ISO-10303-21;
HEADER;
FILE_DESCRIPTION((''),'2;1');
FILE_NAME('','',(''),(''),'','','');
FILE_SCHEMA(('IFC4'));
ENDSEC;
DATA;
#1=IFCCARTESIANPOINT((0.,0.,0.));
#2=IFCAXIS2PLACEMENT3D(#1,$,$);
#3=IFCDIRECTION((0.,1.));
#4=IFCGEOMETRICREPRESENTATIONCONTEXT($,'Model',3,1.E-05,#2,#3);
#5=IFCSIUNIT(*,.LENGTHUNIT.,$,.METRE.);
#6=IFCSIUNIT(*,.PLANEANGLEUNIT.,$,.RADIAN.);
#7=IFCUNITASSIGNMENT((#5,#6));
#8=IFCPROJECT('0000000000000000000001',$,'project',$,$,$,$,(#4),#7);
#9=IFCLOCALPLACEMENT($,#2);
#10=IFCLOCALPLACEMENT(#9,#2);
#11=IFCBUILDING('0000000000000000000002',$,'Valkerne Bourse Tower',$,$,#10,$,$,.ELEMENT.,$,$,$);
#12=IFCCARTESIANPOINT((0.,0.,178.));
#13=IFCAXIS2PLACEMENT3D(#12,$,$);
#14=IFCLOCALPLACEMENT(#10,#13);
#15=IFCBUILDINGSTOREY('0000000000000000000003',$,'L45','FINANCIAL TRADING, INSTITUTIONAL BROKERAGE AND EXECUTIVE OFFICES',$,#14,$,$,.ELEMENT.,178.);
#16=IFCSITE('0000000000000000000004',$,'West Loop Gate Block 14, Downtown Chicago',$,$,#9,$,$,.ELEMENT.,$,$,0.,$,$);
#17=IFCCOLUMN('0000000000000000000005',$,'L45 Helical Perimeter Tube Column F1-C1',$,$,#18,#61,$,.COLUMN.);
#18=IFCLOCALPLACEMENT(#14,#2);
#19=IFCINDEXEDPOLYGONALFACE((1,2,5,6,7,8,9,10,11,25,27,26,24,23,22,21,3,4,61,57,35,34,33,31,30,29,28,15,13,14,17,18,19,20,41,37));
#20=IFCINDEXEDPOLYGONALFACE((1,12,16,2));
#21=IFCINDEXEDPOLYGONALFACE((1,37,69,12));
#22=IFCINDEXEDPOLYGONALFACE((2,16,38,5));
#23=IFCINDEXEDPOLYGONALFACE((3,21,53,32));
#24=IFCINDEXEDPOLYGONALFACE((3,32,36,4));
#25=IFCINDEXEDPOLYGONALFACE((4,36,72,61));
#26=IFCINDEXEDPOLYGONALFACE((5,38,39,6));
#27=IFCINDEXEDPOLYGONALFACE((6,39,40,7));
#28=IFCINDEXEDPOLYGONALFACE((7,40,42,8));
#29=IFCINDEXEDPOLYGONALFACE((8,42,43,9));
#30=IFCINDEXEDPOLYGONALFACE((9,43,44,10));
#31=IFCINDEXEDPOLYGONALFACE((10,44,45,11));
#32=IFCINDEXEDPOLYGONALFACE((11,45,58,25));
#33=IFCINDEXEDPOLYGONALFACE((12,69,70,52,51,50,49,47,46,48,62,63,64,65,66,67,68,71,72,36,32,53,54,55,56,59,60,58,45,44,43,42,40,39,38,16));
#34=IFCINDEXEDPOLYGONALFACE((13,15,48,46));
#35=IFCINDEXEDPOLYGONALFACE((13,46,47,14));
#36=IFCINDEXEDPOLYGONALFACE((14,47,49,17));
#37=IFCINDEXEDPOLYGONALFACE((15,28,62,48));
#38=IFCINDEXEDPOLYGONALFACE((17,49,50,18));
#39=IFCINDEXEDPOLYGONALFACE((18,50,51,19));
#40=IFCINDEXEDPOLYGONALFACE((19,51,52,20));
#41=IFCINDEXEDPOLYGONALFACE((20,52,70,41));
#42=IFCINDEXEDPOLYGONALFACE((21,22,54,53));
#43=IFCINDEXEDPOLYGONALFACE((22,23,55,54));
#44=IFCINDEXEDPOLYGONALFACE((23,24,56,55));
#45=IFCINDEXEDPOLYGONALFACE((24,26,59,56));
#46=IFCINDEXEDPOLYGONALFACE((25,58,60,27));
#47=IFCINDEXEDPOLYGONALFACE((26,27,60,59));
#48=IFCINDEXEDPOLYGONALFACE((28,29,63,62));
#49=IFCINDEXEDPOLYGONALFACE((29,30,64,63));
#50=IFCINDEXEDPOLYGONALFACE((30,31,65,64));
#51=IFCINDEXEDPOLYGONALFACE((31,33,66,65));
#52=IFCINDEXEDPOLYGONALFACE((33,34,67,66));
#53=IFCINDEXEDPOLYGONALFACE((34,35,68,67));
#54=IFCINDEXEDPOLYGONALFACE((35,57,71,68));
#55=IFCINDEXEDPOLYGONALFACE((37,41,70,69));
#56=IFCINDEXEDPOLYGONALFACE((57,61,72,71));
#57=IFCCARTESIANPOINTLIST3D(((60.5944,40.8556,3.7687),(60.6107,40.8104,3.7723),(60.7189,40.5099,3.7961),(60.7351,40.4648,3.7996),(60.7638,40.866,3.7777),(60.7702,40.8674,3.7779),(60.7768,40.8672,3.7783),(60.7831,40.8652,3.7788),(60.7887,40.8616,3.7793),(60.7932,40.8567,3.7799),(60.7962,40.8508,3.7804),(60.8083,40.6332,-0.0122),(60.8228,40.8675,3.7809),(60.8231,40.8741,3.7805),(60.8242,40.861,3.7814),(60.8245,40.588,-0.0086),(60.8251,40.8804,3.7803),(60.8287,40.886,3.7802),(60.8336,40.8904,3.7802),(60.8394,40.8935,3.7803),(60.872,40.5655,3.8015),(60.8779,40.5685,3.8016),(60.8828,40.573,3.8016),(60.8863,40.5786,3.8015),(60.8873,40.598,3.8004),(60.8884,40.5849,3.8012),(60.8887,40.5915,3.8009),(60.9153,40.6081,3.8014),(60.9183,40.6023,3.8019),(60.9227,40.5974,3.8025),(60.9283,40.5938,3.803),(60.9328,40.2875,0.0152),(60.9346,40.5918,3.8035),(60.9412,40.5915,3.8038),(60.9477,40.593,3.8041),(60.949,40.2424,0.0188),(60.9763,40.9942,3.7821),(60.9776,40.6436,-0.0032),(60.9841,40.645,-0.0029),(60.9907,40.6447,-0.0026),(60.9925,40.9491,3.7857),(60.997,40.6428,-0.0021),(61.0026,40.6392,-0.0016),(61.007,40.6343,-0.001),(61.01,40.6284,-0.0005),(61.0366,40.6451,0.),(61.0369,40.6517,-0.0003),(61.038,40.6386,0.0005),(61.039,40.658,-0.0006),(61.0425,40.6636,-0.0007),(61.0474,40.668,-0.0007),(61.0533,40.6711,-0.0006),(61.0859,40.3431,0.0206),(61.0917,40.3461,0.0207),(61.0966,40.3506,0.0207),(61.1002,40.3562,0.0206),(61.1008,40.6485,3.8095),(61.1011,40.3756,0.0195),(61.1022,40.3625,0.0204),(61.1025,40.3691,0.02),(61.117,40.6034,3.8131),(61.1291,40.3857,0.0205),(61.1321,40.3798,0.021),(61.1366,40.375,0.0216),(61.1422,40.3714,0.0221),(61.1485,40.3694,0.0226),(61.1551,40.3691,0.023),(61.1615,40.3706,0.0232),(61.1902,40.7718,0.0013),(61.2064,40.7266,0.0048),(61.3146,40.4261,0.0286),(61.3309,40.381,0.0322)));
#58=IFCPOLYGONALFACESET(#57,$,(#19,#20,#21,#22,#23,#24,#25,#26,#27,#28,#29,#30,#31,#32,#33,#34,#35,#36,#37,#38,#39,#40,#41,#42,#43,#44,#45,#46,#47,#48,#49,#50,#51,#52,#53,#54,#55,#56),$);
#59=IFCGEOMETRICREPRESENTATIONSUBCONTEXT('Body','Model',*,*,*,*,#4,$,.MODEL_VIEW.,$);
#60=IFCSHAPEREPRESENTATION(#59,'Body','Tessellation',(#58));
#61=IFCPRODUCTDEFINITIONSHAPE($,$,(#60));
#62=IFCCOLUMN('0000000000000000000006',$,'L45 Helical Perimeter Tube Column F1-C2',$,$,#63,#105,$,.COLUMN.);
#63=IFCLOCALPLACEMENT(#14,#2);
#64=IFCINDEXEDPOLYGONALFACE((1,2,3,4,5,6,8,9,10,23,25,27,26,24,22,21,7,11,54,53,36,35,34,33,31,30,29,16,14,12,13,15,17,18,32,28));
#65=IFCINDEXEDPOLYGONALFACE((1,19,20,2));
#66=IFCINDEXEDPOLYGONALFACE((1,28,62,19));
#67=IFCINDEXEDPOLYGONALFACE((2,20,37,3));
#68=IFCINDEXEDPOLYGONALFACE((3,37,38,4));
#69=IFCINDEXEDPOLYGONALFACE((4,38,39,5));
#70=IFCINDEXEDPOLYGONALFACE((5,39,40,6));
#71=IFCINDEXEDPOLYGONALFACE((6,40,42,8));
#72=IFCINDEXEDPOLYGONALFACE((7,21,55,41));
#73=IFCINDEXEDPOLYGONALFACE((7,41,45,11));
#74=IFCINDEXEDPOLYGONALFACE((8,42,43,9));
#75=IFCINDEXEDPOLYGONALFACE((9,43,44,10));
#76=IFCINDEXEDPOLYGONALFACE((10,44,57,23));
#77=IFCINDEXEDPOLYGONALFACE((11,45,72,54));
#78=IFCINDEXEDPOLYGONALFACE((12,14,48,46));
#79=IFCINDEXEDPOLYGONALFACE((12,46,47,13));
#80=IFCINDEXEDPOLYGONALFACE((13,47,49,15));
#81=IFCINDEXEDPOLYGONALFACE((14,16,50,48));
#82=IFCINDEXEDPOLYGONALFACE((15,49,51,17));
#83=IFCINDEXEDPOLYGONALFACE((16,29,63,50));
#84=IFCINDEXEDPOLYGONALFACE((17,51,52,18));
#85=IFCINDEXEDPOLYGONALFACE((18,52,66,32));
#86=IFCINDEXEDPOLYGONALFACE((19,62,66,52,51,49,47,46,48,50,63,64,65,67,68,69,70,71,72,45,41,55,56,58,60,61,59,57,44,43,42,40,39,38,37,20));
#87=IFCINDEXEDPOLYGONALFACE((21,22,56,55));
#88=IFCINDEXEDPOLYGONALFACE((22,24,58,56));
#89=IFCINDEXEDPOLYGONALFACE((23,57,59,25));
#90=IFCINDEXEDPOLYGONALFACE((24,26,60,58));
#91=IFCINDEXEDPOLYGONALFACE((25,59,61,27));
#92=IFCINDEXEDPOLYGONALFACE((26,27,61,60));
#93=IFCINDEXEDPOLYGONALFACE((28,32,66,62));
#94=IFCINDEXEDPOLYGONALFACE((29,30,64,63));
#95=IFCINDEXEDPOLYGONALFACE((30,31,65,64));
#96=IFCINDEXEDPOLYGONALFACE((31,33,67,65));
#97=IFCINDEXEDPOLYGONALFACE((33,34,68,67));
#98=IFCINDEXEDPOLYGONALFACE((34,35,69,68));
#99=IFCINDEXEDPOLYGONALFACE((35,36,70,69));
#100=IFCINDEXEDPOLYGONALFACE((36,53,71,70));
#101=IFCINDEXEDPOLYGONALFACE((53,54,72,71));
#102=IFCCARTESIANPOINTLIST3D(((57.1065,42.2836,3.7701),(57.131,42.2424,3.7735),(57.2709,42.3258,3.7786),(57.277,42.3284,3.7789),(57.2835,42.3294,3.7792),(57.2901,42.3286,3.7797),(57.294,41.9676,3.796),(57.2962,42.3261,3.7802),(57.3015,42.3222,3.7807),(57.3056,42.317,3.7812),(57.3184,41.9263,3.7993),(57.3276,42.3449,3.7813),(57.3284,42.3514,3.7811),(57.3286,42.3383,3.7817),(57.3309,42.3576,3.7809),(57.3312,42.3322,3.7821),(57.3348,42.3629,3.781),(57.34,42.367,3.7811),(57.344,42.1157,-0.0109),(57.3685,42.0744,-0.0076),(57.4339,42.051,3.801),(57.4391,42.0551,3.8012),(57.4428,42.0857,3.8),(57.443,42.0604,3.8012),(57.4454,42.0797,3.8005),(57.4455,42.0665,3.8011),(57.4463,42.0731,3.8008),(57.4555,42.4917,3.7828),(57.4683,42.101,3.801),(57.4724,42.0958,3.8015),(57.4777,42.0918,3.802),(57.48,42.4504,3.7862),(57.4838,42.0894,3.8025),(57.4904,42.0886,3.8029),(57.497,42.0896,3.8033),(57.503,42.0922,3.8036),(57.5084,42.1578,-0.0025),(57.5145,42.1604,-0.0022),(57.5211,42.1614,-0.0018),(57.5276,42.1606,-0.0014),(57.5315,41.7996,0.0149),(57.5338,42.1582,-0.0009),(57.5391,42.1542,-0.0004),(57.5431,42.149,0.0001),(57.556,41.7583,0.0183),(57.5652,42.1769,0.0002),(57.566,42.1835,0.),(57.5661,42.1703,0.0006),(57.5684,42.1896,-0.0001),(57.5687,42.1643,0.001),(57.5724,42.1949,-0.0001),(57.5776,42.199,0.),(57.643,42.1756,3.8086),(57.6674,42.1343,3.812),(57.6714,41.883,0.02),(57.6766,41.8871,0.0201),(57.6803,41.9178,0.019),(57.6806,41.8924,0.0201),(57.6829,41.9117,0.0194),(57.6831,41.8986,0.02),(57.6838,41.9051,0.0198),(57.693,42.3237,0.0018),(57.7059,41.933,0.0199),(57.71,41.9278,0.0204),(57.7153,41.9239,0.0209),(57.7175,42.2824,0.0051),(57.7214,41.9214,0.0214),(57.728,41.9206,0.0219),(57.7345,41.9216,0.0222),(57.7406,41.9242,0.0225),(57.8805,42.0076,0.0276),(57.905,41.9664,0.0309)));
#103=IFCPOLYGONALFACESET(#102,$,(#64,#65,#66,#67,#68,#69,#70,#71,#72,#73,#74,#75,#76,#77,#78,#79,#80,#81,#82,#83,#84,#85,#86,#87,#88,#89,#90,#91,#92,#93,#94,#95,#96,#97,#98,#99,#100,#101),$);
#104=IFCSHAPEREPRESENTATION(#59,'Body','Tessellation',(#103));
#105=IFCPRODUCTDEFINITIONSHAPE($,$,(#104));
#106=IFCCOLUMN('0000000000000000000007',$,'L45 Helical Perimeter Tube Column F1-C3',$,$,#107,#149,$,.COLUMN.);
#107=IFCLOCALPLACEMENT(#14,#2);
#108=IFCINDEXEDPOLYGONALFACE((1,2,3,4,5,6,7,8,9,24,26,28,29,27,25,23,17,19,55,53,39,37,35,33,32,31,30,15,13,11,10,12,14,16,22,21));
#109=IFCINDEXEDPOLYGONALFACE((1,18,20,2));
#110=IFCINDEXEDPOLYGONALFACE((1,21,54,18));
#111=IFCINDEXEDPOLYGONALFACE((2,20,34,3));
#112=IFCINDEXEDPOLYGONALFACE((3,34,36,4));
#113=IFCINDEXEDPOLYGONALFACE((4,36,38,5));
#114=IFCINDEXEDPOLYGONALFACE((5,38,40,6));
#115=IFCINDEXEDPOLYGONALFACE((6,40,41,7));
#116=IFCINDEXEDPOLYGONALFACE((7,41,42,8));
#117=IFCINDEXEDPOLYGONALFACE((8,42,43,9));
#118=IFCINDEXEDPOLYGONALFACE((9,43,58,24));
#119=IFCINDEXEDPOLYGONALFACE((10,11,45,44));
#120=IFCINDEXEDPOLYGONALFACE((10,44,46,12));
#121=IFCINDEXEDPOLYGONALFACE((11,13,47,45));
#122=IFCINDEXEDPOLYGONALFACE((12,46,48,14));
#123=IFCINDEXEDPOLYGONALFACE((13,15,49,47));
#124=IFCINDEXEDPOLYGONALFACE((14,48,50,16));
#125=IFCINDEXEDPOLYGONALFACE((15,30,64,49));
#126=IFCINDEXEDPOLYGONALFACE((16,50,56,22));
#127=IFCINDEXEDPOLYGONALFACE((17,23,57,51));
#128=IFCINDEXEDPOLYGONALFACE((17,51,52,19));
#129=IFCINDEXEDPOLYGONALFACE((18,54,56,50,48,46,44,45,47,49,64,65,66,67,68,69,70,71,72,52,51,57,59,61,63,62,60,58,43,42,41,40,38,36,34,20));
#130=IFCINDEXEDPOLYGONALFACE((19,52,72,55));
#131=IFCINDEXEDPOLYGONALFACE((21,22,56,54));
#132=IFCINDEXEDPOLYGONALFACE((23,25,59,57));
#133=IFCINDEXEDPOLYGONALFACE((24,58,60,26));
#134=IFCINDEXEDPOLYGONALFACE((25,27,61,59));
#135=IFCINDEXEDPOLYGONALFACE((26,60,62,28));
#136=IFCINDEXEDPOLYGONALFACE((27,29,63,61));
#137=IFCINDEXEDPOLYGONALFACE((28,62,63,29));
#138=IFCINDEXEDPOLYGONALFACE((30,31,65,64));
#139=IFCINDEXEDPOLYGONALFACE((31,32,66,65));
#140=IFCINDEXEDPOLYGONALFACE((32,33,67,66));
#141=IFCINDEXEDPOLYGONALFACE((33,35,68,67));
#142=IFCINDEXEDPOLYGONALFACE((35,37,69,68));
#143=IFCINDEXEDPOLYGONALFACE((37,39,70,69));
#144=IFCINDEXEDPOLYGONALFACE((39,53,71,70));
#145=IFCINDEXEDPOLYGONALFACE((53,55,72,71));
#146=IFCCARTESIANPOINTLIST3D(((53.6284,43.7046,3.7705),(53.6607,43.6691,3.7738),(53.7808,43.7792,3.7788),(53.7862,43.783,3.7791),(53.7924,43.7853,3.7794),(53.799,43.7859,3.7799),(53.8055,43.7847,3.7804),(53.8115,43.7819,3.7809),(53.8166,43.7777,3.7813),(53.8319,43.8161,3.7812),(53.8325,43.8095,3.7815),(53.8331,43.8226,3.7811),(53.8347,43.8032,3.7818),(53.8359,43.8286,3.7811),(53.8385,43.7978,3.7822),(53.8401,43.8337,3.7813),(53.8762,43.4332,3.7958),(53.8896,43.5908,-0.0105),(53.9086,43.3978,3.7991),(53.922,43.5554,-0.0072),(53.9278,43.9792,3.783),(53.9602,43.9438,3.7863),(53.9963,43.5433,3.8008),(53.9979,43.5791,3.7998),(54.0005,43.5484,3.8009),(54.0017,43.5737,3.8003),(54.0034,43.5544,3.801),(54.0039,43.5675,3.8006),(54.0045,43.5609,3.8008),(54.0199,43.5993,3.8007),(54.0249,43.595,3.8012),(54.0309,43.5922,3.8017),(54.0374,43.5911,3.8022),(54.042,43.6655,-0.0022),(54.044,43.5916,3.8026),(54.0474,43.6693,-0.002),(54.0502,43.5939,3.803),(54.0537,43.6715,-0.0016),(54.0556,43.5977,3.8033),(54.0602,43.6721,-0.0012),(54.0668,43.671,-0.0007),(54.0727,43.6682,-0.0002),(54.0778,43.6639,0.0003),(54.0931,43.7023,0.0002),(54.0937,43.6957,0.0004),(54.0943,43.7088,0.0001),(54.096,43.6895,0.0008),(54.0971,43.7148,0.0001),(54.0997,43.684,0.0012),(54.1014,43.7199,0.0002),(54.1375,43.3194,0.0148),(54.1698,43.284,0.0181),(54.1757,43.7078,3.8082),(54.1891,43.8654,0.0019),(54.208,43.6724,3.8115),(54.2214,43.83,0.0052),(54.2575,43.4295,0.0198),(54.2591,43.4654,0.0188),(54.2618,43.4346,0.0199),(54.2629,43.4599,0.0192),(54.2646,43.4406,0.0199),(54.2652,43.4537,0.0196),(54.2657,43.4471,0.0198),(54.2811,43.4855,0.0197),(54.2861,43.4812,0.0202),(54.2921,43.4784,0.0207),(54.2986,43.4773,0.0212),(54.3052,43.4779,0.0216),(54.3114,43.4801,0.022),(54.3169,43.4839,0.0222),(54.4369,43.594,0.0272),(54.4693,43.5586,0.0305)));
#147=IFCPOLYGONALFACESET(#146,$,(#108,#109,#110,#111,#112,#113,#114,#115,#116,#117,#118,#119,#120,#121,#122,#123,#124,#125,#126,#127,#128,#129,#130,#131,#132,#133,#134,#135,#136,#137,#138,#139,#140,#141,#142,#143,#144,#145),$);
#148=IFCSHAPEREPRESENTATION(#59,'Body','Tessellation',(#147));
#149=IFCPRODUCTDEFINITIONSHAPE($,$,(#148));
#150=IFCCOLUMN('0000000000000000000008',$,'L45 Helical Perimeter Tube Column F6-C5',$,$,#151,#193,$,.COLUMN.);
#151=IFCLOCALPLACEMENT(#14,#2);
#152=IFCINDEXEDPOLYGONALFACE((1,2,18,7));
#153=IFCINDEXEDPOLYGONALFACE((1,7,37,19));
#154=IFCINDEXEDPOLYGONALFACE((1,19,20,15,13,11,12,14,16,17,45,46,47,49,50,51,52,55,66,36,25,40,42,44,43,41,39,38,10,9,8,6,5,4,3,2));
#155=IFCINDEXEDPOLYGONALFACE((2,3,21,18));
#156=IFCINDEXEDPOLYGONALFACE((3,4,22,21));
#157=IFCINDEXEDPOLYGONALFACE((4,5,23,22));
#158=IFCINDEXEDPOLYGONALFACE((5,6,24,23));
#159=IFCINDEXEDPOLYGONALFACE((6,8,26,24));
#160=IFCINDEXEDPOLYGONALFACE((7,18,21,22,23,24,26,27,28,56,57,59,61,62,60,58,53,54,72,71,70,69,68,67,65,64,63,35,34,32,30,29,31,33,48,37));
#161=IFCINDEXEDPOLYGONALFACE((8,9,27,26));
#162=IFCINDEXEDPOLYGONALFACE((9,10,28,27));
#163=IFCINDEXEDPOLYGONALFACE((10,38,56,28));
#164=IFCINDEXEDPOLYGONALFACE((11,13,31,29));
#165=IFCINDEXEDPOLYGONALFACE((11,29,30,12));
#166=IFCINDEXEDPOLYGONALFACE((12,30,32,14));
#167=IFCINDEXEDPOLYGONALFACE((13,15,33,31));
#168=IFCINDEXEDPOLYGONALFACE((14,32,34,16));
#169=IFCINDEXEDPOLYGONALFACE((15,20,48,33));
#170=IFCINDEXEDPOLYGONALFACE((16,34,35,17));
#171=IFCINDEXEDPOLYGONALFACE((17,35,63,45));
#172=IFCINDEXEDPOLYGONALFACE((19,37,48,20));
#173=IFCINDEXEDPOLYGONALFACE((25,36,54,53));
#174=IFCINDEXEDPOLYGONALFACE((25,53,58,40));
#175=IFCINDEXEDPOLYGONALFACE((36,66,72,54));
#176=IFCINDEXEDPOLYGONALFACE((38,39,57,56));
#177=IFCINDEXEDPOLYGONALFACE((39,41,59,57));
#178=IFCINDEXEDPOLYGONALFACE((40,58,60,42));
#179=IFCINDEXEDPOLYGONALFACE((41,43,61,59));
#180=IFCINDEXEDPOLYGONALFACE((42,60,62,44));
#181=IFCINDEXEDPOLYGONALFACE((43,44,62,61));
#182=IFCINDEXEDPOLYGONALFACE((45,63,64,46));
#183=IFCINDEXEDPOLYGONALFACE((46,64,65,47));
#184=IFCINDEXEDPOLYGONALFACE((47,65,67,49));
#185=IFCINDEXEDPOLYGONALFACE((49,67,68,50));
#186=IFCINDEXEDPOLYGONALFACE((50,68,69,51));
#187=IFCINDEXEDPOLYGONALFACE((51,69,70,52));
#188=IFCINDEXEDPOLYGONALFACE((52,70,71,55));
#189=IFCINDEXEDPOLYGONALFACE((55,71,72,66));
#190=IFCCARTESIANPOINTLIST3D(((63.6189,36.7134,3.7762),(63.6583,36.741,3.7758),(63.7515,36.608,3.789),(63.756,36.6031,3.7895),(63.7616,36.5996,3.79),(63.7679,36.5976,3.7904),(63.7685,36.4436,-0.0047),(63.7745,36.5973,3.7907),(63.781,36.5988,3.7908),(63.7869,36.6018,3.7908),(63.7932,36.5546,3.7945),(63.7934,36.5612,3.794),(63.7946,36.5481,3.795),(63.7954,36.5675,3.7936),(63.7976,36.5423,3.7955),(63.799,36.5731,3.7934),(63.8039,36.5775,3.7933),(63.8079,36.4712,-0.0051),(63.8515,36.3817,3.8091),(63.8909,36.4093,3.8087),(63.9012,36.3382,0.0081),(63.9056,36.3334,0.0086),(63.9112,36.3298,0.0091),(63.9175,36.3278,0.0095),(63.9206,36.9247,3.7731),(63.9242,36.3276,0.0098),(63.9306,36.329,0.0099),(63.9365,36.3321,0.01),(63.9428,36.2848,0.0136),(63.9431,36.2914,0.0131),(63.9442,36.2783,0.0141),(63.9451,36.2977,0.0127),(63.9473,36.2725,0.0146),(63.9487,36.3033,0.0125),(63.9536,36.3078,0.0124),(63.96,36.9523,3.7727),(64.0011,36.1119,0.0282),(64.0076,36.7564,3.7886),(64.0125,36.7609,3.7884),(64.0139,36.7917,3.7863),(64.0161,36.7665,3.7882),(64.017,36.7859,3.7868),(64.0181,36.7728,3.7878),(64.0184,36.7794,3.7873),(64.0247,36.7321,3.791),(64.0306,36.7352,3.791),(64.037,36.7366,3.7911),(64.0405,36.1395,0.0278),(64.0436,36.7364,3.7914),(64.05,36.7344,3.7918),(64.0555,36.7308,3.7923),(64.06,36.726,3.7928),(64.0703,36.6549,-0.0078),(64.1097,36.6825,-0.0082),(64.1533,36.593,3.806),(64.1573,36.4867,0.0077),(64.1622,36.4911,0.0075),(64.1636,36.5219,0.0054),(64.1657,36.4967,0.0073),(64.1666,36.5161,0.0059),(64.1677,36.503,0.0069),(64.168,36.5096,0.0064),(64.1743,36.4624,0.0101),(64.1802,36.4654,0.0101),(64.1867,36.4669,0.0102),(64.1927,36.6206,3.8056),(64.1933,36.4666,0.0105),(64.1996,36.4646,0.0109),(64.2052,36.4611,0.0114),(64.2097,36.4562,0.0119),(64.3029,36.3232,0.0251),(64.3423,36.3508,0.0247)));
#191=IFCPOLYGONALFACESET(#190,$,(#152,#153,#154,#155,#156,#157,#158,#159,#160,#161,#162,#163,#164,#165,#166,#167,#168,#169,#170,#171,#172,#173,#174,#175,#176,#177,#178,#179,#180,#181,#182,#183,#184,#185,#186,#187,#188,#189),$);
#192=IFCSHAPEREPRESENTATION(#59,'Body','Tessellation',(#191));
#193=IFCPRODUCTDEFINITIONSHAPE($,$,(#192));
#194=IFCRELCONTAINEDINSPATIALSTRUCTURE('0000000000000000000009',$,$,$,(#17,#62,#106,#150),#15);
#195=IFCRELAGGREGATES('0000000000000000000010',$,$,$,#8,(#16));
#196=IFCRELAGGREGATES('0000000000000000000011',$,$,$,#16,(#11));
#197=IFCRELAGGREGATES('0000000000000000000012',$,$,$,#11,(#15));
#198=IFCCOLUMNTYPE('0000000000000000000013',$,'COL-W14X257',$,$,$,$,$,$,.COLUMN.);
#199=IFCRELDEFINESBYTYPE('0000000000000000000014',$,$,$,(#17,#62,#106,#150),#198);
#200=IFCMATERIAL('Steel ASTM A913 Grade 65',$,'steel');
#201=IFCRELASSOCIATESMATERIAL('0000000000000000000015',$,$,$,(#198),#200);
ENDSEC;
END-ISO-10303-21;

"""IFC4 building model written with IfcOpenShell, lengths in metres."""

from ifc_helpers import new_model, si_unit, direction, frame, origin, origin_2d, place, context, subcontext, project, spatial, i_section, extrude, material, material_profile, profile_set, type_object, element, save


model = new_model("IFC4")

# Units and contexts
model_context = context("Model", 3, precision=1e-05, world=origin(), true_north=direction((0.0, 1.0)))
body_context = subcontext(model_context, "Body", "Model", "MODEL_VIEW")
ifc_project = project(units=[si_unit("LENGTHUNIT", "METRE"), si_unit("PLANEANGLEUNIT", "RADIAN")], contexts=[model_context])

# Site, building, storey
site_placement = place(None, origin())
site = spatial("IfcSite", under=ifc_project, at=site_placement, Name="West Loop Gate Block 14, Downtown Chicago", CompositionType="ELEMENT", RefElevation=0.0)
building_placement = place(site_placement, origin())
building = spatial("IfcBuilding", under=site, at=building_placement, Name="Valkerne Bourse Tower", CompositionType="ELEMENT")
storey_placement = place(building_placement, frame((0.0, 0.0, 178.0)))
storey = spatial("IfcBuildingStorey", under=building, at=storey_placement, Name="L45", Description="FINANCIAL TRADING, INSTITUTIONAL BROKERAGE AND EXECUTIVE OFFICES", CompositionType="ELEMENT", Elevation=178.0)

# Columns
ifc_material_1 = material(Name="Steel ASTM A913 Grade 65", Category="steel")
ifc_material_profile_1 = material_profile(ifc_material_1, i_section(OverallWidth=0.4065, OverallDepth=0.4165, WebThickness=0.0298, FlangeThickness=0.0481, FilletRadius=0.0254, at=origin_2d()), Name="W14X257")
ifc_profile_set_1 = profile_set([ifc_material_profile_1], Name="Steel ASTM A913 Grade 65")
column_type = type_object("IfcColumnType", Name="COL-W14X257", PredefinedType="COLUMN", material=ifc_profile_set_1)
column_1_placement = place(storey_placement, frame((61.0696, 40.5071, 0.01), z_axis=(-0.056376, 0.058629, 0.996687), x_axis=(0.939485, 0.340989, 0.033082)))
element("IfcColumn", 1, at=column_1_placement, inside=storey, type_object=column_type, Name="L45 Helical Perimeter Tube Column F1-C1", PredefinedType="COLUMN", context=body_context, shape_type="SweptSolid", body=[
    extrude(i_section(OverallWidth=0.4065, OverallDepth=0.4165, WebThickness=0.0298, FlangeThickness=0.0481, FilletRadius=0.0254, at=origin_2d()), origin(), (0.0, 0.0, 1.0), 3.7935),
])
column_2_placement = place(storey_placement, frame((57.6245, 42.041, 0.01), z_axis=(-0.062642, 0.044293, 0.997053), x_axis=(0.858551, 0.511778, 0.031205)))
element("IfcColumn", 2, at=column_2_placement, inside=storey, type_object=column_type, Name="L45 Helical Perimeter Tube Column F1-C2", PredefinedType="COLUMN", context=body_context, shape_type="SweptSolid", body=[
    extrude(i_section(OverallWidth=0.4065, OverallDepth=0.4165, WebThickness=0.0298, FlangeThickness=0.0481, FilletRadius=0.0254, at=origin_2d()), origin(), (0.0, 0.0, 1.0), 3.7922),
])
column_3_placement = place(storey_placement, frame((54.1794, 43.5747, 0.01), z_axis=(-0.068895, 0.030005, 0.997173), x_axis=(0.736621, 0.675614, 0.030564)))
element("IfcColumn", 3, at=column_3_placement, inside=storey, type_object=column_type, Name="L45 Helical Perimeter Tube Column F1-C3", PredefinedType="COLUMN", context=body_context, shape_type="SweptSolid", body=[
    extrude(i_section(OverallWidth=0.4065, OverallDepth=0.4165, WebThickness=0.0298, FlangeThickness=0.0481, FilletRadius=0.0254, at=origin_2d()), origin(), (0.0, 0.0, 1.0), 3.7917),
])
column_4_placement = place(storey_placement, frame((64.0554, 36.3972, 0.01), z_axis=(-0.03945, 0.071114, 0.996688), x_axis=(0.572255, -0.816078, 0.080878)))
element("IfcColumn", 4, at=column_4_placement, inside=storey, type_object=column_type, Name="L45 Helical Perimeter Tube Column F6-C5", PredefinedType="COLUMN", context=body_context, shape_type="SweptSolid", body=[
    extrude(i_section(OverallWidth=0.4065, OverallDepth=0.4165, WebThickness=0.0298, FlangeThickness=0.0481, FilletRadius=0.0254, at=origin_2d()), origin(), (0.0, 0.0, 1.0), 3.7935),
])

save(model, "model.ifc")
